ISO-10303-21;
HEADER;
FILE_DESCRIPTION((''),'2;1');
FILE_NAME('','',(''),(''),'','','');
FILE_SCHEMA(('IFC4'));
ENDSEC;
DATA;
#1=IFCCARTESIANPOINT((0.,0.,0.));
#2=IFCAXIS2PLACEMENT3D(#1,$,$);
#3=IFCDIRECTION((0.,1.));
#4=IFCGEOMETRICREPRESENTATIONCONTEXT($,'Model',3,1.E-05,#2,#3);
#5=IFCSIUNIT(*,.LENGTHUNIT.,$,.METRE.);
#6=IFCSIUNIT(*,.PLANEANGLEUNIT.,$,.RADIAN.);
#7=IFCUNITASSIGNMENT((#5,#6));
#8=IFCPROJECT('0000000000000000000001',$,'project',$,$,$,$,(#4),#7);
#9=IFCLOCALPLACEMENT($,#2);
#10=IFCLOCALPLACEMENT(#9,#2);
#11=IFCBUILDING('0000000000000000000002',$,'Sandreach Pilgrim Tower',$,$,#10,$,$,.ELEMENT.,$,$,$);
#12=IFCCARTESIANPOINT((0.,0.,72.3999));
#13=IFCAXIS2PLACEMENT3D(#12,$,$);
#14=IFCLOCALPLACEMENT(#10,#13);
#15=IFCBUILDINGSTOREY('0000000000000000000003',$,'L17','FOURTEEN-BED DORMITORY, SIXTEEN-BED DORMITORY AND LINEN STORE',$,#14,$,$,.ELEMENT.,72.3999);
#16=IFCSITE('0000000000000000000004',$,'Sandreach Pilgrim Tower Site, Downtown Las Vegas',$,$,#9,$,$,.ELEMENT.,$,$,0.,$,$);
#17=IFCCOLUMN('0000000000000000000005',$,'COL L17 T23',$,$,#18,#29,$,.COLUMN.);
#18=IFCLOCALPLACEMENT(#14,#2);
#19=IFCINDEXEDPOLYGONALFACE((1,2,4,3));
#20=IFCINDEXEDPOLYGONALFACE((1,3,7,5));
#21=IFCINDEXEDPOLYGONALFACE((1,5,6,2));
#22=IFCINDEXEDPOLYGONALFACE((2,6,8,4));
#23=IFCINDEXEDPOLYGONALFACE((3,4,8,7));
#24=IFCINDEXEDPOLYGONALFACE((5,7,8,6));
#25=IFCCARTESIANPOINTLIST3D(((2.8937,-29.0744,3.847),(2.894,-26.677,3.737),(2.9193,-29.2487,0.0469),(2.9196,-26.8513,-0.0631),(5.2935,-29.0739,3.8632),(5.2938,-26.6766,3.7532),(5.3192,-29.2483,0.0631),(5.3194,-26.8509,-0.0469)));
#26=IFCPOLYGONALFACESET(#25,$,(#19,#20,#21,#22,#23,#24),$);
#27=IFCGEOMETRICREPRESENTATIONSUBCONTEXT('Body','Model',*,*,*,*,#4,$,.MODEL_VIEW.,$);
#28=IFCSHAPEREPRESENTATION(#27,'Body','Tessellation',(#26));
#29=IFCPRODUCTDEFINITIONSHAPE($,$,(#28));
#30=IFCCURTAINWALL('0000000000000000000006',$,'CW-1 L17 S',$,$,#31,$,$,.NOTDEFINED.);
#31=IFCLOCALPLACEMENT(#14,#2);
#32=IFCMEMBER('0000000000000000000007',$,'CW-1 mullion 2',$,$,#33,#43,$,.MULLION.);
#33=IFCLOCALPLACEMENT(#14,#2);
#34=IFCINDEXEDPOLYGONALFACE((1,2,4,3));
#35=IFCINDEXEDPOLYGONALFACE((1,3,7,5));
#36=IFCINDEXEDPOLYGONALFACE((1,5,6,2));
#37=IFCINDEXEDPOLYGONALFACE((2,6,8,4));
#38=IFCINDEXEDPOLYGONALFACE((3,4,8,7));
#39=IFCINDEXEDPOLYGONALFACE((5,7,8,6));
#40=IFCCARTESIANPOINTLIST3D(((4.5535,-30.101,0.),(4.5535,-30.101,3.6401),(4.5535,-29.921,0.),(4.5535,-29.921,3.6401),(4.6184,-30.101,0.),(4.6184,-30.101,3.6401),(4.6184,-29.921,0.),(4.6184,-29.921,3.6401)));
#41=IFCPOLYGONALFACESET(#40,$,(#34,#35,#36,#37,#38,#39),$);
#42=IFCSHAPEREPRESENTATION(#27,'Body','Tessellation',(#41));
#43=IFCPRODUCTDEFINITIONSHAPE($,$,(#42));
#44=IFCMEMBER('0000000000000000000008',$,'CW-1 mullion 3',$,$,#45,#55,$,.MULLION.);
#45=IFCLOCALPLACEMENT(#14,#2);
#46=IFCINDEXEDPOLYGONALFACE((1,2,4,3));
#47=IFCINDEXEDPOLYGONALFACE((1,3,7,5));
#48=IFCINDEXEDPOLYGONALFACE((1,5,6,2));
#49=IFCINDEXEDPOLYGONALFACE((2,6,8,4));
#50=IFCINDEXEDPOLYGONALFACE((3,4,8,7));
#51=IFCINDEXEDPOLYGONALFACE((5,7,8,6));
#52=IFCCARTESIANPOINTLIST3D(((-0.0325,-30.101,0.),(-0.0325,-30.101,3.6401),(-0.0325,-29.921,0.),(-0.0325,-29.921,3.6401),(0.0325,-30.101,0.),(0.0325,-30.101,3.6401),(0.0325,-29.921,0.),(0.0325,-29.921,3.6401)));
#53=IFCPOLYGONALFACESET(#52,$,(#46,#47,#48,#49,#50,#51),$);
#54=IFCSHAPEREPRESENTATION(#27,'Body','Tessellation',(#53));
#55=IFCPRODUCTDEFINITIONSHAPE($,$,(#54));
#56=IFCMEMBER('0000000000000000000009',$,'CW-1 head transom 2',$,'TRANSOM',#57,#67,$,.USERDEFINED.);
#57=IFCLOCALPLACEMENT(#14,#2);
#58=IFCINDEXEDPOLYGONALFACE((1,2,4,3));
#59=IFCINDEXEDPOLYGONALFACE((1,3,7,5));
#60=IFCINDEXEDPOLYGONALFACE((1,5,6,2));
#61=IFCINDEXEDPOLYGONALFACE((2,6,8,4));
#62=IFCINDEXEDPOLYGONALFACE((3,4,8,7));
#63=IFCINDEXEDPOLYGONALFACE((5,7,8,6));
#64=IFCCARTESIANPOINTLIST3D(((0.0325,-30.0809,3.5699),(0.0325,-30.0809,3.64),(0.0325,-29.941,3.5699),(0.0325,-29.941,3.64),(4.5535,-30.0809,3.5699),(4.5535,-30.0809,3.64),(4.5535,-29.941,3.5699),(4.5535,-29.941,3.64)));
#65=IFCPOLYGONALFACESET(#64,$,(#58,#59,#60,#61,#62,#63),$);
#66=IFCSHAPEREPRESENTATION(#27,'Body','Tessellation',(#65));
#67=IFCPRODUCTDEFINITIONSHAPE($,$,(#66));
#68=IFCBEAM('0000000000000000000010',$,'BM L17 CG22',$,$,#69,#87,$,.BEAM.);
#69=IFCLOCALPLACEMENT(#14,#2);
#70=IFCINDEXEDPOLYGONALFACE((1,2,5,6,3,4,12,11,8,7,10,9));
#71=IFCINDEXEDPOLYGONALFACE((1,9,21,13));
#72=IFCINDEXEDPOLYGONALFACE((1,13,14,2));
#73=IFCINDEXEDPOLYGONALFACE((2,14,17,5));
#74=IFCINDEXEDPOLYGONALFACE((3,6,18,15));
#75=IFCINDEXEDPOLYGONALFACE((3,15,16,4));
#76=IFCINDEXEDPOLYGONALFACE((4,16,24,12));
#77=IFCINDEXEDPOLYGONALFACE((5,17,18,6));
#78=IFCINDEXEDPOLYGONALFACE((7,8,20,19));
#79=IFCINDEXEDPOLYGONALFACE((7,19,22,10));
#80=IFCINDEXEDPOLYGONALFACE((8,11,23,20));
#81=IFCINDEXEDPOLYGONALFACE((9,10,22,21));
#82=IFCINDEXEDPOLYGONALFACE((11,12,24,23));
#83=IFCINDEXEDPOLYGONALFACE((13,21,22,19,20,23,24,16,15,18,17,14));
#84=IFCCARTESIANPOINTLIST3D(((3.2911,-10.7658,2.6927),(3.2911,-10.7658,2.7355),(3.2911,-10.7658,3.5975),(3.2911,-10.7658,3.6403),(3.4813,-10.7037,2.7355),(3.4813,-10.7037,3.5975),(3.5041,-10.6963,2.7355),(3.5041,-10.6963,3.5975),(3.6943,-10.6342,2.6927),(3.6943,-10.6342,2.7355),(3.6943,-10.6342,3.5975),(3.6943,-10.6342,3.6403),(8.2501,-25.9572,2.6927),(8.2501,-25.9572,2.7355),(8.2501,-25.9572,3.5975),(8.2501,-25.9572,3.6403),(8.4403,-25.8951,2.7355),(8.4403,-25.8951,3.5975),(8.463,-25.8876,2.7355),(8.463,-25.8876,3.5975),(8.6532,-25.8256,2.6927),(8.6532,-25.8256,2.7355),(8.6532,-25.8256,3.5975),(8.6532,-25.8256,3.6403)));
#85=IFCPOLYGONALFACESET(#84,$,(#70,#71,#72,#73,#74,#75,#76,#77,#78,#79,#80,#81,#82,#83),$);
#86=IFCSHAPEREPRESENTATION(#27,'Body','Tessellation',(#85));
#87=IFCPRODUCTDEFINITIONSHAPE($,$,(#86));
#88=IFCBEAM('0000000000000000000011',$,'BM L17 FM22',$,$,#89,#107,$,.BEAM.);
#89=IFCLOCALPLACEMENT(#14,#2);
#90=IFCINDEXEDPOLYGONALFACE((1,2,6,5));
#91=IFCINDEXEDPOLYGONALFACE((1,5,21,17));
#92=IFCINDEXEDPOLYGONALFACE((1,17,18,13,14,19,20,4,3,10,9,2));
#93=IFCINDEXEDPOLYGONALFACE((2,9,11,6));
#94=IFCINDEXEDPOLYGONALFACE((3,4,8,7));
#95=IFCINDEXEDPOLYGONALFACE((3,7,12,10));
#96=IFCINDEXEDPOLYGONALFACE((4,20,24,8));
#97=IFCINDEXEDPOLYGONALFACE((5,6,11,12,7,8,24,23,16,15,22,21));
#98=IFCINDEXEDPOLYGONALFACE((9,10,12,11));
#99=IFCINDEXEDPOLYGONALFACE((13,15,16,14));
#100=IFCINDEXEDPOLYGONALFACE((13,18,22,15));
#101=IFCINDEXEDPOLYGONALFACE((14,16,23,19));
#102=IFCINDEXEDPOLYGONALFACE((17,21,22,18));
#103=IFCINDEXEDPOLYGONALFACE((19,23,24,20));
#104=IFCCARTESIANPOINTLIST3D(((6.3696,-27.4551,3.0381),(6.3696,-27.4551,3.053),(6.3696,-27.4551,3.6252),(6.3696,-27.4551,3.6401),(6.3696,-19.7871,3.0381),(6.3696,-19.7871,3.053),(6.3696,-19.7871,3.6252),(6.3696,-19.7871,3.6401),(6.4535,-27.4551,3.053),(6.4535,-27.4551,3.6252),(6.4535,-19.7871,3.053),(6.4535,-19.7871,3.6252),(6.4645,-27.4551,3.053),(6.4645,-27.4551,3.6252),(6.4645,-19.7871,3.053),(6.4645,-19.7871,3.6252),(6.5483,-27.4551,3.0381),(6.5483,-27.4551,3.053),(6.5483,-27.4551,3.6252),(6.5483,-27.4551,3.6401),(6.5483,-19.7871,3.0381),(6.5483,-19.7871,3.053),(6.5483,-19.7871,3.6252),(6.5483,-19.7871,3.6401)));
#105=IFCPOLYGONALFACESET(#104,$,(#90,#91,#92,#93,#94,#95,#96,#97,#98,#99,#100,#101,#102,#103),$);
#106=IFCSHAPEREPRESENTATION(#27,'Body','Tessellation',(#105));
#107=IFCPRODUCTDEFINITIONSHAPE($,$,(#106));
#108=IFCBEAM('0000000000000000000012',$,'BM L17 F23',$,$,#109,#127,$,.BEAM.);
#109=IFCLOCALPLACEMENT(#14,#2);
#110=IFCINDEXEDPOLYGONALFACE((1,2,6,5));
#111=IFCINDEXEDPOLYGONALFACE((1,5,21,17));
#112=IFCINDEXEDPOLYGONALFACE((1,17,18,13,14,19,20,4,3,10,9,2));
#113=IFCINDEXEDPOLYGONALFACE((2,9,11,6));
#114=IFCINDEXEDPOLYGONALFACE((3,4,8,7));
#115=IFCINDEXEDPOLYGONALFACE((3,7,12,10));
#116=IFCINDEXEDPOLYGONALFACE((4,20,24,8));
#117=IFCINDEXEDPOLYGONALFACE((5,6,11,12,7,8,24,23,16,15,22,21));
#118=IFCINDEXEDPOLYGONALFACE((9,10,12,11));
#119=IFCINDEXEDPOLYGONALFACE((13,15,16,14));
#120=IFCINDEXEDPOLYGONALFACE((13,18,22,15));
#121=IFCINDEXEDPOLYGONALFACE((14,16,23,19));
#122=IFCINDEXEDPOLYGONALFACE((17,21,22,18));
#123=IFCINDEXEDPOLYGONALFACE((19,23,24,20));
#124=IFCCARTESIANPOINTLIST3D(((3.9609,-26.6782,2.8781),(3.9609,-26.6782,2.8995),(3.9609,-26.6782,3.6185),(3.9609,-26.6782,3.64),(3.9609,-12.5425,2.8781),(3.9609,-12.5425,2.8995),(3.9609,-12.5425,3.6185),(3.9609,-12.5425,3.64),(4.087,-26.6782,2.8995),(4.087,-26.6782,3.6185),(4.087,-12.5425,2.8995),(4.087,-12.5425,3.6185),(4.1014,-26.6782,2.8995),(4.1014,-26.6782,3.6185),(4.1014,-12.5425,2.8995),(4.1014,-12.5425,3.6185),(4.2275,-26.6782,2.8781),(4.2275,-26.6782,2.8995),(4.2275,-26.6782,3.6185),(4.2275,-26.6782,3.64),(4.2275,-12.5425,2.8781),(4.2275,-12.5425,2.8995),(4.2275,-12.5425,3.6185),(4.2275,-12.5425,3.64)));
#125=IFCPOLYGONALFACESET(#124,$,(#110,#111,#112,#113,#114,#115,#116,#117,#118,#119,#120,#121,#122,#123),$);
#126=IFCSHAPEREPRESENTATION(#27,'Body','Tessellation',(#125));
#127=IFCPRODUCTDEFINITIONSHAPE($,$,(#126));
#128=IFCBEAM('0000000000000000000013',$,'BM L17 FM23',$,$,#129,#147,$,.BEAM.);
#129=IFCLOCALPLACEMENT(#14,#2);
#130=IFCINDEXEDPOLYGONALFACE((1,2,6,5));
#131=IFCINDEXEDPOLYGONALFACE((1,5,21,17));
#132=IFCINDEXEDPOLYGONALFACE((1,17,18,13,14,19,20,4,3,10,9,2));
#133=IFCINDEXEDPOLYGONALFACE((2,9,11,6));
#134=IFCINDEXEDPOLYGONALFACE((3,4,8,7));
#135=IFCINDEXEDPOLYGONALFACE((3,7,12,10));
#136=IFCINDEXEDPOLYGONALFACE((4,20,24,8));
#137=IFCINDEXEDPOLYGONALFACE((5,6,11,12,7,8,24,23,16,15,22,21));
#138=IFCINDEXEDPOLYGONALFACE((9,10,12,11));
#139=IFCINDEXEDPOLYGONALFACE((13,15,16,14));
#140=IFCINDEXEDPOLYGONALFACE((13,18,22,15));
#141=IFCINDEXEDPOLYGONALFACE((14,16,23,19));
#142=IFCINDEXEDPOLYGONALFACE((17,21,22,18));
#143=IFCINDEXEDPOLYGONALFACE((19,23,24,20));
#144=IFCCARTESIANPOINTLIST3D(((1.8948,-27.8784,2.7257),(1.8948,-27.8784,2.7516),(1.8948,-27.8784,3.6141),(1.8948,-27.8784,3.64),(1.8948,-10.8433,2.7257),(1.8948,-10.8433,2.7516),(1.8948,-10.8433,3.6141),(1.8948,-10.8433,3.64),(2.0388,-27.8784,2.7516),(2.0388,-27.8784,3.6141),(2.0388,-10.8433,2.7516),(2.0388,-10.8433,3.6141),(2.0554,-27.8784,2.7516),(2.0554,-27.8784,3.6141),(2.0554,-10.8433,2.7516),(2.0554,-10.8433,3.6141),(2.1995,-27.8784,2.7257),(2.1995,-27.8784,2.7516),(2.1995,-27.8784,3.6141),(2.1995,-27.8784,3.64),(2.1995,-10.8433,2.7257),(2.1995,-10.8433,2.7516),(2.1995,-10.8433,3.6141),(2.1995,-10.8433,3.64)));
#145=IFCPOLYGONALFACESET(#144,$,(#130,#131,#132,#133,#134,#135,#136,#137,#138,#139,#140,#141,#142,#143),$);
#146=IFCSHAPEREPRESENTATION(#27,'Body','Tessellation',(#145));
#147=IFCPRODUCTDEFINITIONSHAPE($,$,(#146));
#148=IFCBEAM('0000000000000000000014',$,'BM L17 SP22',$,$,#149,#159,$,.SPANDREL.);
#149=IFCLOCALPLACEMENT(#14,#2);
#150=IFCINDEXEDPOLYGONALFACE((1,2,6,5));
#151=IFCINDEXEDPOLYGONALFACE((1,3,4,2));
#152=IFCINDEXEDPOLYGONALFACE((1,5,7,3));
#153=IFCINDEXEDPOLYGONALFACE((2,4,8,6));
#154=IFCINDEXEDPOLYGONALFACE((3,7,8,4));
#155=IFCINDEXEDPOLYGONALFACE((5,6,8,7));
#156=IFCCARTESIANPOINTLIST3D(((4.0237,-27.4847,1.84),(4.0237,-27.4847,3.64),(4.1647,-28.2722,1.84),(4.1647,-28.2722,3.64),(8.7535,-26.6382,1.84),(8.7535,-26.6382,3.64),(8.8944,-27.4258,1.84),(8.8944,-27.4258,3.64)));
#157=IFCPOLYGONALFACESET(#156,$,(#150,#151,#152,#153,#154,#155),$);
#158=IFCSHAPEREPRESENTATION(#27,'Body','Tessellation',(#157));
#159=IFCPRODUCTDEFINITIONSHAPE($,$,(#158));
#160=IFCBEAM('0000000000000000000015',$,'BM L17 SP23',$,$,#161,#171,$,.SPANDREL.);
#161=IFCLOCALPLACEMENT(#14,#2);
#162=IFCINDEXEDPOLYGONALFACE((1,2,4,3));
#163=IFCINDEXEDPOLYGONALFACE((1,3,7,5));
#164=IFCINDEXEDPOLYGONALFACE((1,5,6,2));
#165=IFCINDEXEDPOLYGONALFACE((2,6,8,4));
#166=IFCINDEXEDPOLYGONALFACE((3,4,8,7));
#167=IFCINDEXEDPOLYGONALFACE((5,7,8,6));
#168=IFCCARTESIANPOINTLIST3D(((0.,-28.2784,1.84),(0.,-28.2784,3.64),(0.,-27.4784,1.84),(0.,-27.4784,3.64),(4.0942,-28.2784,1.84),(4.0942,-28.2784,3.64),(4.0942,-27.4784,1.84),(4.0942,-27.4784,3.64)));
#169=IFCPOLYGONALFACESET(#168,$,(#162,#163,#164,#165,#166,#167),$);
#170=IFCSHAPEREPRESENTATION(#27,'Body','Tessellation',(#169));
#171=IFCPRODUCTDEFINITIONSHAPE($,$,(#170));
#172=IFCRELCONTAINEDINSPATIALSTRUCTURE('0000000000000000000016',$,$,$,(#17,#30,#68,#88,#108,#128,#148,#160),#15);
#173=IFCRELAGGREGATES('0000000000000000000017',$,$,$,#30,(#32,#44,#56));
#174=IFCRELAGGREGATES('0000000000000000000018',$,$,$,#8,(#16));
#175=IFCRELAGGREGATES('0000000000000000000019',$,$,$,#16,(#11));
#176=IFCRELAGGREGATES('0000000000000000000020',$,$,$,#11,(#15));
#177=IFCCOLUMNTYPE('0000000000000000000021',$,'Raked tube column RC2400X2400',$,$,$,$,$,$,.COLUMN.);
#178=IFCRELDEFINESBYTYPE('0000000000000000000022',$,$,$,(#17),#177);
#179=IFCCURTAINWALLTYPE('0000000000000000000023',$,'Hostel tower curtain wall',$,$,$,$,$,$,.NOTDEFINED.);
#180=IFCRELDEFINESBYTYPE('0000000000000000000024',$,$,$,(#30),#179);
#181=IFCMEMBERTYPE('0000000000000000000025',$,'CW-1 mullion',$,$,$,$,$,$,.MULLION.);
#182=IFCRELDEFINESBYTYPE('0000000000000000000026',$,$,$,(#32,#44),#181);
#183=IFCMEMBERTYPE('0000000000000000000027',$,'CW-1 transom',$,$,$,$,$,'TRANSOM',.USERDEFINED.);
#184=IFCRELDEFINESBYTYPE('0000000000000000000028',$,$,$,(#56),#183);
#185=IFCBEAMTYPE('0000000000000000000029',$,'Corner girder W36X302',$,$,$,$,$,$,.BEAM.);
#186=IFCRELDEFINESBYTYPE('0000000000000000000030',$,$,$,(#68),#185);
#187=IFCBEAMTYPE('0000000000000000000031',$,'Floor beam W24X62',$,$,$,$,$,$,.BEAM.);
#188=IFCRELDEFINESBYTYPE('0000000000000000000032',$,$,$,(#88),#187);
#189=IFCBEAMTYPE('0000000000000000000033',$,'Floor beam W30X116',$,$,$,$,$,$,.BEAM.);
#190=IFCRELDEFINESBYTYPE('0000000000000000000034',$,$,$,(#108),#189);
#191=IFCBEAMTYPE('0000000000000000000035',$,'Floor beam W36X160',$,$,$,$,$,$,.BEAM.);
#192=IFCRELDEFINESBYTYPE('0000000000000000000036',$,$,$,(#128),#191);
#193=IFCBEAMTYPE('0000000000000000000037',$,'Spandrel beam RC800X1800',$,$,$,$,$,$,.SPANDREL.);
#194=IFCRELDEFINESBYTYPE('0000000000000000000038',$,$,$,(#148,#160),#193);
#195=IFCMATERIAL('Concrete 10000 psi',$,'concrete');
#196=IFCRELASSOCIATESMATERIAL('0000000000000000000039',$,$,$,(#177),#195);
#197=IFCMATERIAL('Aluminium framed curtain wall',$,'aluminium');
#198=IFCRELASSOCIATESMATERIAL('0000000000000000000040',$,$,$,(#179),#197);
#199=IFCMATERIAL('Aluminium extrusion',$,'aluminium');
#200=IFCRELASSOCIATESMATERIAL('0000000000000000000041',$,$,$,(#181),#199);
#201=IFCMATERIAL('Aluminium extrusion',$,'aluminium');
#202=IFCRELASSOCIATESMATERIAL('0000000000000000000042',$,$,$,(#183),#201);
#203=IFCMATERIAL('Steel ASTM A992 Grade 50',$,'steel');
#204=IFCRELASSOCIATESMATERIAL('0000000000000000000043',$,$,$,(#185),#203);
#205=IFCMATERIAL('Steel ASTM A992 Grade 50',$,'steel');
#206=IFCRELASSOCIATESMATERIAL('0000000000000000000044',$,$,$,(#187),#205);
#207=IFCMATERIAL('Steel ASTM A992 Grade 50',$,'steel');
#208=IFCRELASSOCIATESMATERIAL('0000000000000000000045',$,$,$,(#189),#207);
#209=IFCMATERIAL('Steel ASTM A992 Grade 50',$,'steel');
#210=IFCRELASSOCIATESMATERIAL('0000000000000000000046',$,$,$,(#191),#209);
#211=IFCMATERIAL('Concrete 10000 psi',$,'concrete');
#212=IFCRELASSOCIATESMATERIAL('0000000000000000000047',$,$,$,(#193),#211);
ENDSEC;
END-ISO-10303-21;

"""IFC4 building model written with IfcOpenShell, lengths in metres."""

from ifc_helpers import new_model, si_unit, direction, frame, origin, origin_2d, place, context, subcontext, project, spatial, rectangle, i_section, extrude, material, material_profile, profile_set, type_object, element, aggregate, save


model = new_model("IFC4")

# Units and contexts
model_context = context("Model", 3, precision=1e-05, world=origin(), true_north=direction((0.0, 1.0)))
body_context = subcontext(model_context, "Body", "Model", "MODEL_VIEW")
ifc_project = project(units=[si_unit("LENGTHUNIT", "METRE"), si_unit("PLANEANGLEUNIT", "RADIAN")], contexts=[model_context])

# Site, building, storey
site_placement = place(None, origin())
site = spatial("IfcSite", under=ifc_project, at=site_placement, Name="Sandreach Pilgrim Tower Site, Downtown Las Vegas", CompositionType="ELEMENT", RefElevation=0.0)
building_placement = place(site_placement, origin())
building = spatial("IfcBuilding", under=site, at=building_placement, Name="Sandreach Pilgrim Tower", CompositionType="ELEMENT")
storey_placement = place(building_placement, frame((0.0, 0.0, 72.3999)))
storey = spatial("IfcBuildingStorey", under=building, at=storey_placement, Name="L17", Description="FOURTEEN-BED DORMITORY, SIXTEEN-BED DORMITORY AND LINEN STORE", CompositionType="ELEMENT", Elevation=72.3999)

# Column
ifc_material_1 = material(Name="Concrete 10000 psi", Category="concrete")
ifc_material_profile_1 = material_profile(ifc_material_1, rectangle(XDim=2.3999, YDim=2.3999, at=origin_2d()), Name="RC2400X2400")
ifc_profile_set_1 = profile_set([ifc_material_profile_1], Name="Concrete 10000 psi")
column_type = type_object("IfcColumnType", Name="Raked tube column RC2400X2400", PredefinedType="COLUMN", material=ifc_profile_set_1)
column_placement = place(storey_placement, frame((4.1194, -28.0498, 0.0), z_axis=(-0.006739, 0.045823, 0.998927), x_axis=(-0.000113, -0.99895, 0.045823)))
element("IfcColumn", 1, at=column_placement, inside=storey, type_object=column_type, Name="COL L17 T23", PredefinedType="COLUMN", context=body_context, shape_type="SweptSolid", body=[
    extrude(rectangle(XDim=2.3999, YDim=2.3999, at=origin_2d()), origin(), (0.0, 0.0, 1.0), 3.8042),
])

# Curtain wall, members
ifc_material_2 = material(Name="Aluminium framed curtain wall", Category="aluminium")
curtain_wall_type = type_object("IfcCurtainWallType", Name="Hostel tower curtain wall", PredefinedType="NOTDEFINED", material=ifc_material_2)
curtain_wall_placement = place(storey_placement, origin())
curtain_wall = element("IfcCurtainWall", 2, at=curtain_wall_placement, inside=storey, type_object=curtain_wall_type, Name="CW-1 L17 S", PredefinedType="NOTDEFINED")
ifc_material_3 = material(Name="Aluminium extrusion", Category="aluminium")
ifc_material_profile_2 = material_profile(ifc_material_3, rectangle(XDim=0.0649, YDim=0.1799, at=origin_2d()), Name="CW-1M 65X180")
ifc_profile_set_2 = profile_set([ifc_material_profile_2], Name="Aluminium extrusion")
member_type_1 = type_object("IfcMemberType", Name="CW-1 mullion", PredefinedType="MULLION", material=ifc_profile_set_2)
member_1_placement = place(storey_placement, frame((4.5859, -30.011, 0.0), z_axis=(0.0, 0.0, 1.0), x_axis=(-1.0, 0.0, 0.0)))
member_1 = element("IfcMember", 3, at=member_1_placement, type_object=member_type_1, Name="CW-1 mullion 2", PredefinedType="MULLION", context=body_context, shape_type="SweptSolid", body=[
    extrude(rectangle(XDim=0.0649, YDim=0.1799, at=origin_2d()), origin(), (0.0, 0.0, 1.0), 3.6401),
])
member_2_placement = place(storey_placement, frame((0.0, -30.011, 0.0), z_axis=(0.0, 0.0, 1.0), x_axis=(-1.0, 0.0, 0.0)))
member_2 = element("IfcMember", 4, at=member_2_placement, type_object=member_type_1, Name="CW-1 mullion 3", PredefinedType="MULLION", context=body_context, shape_type="SweptSolid", body=[
    extrude(rectangle(XDim=0.0649, YDim=0.1799, at=origin_2d()), origin(), (0.0, 0.0, 1.0), 3.6401),
])
ifc_material_4 = material(Name="Aluminium extrusion", Category="aluminium")
ifc_material_profile_3 = material_profile(ifc_material_4, rectangle(XDim=0.1399, YDim=0.0701, at=origin_2d()), Name="CW-1T 140X70")
ifc_profile_set_3 = profile_set([ifc_material_profile_3], Name="Aluminium extrusion")
member_type_2 = type_object("IfcMemberType", Name="CW-1 transom", ElementType="TRANSOM", PredefinedType="USERDEFINED", material=ifc_profile_set_3)
member_3_placement = place(storey_placement, frame((4.5535, -30.011, 3.605), z_axis=(-1.0, 0.0, 0.0), x_axis=(0.0, -1.0, 0.0)))
member_3 = element("IfcMember", 5, at=member_3_placement, type_object=member_type_2, Name="CW-1 head transom 2", ObjectType="TRANSOM", PredefinedType="USERDEFINED", context=body_context, shape_type="SweptSolid", body=[
    extrude(rectangle(XDim=0.1399, YDim=0.0701, at=origin_2d()), origin(), (0.0, 0.0, 1.0), 4.521),
])

# Beams
ifc_material_5 = material(Name="Steel ASTM A992 Grade 50", Category="steel")
ifc_material_profile_4 = material_profile(ifc_material_5, i_section(OverallWidth=0.4241, OverallDepth=0.9475, WebThickness=0.0239, FlangeThickness=0.0427, at=origin_2d()), Name="W36X302")
ifc_profile_set_4 = profile_set([ifc_material_profile_4], Name="Steel ASTM A992 Grade 50")
beam_type_1 = type_object("IfcBeamType", Name="Corner girder W36X302", PredefinedType="BEAM", material=ifc_profile_set_4)
beam_1_placement = place(storey_placement, frame((8.4517, -25.8914, 3.1665), z_axis=(-0.310318, 0.950633, 0.0), x_axis=(-0.950633, -0.310318, 0.0)))
element("IfcBeam", 6, at=beam_1_placement, inside=storey, type_object=beam_type_1, Name="BM L17 CG22", PredefinedType="BEAM", context=body_context, shape_type="SweptSolid", body=[
    extrude(i_section(OverallWidth=0.4241, OverallDepth=0.9475, WebThickness=0.0239, FlangeThickness=0.0427, at=origin_2d()), origin(), (0.0, 0.0, 1.0), 15.9802),
])
ifc_material_6 = material(Name="Steel ASTM A992 Grade 50", Category="steel")
ifc_material_profile_5 = material_profile(ifc_material_6, i_section(OverallWidth=0.1787, OverallDepth=0.6021, WebThickness=0.011, FlangeThickness=0.0149, at=origin_2d()), Name="W24X62")
ifc_profile_set_5 = profile_set([ifc_material_profile_5], Name="Steel ASTM A992 Grade 50")
beam_type_2 = type_object("IfcBeamType", Name="Floor beam W24X62", PredefinedType="BEAM", material=ifc_profile_set_5)
beam_2_placement = place(storey_placement, frame((6.459, -27.4551, 3.3391), z_axis=(0.0, 1.0, 0.0), x_axis=(-1.0, 0.0, 0.0)))
element("IfcBeam", 7, at=beam_2_placement, inside=storey, type_object=beam_type_2, Name="BM L17 FM22", PredefinedType="BEAM", context=body_context, shape_type="SweptSolid", body=[
    extrude(i_section(OverallWidth=0.1787, OverallDepth=0.6021, WebThickness=0.011, FlangeThickness=0.0149, at=origin_2d()), origin(), (0.0, 0.0, 1.0), 7.668),
])
ifc_material_7 = material(Name="Steel ASTM A992 Grade 50", Category="steel")
ifc_material_profile_6 = material_profile(ifc_material_7, i_section(OverallWidth=0.2666, OverallDepth=0.762, WebThickness=0.0144, FlangeThickness=0.0215, at=origin_2d()), Name="W30X116")
ifc_profile_set_6 = profile_set([ifc_material_profile_6], Name="Steel ASTM A992 Grade 50")
beam_type_3 = type_object("IfcBeamType", Name="Floor beam W30X116", PredefinedType="BEAM", material=ifc_profile_set_6)
beam_3_placement = place(storey_placement, frame((4.0942, -26.6782, 3.259), z_axis=(0.0, 1.0, 0.0), x_axis=(-1.0, 0.0, 0.0)))
element("IfcBeam", 8, at=beam_3_placement, inside=storey, type_object=beam_type_3, Name="BM L17 F23", PredefinedType="BEAM", context=body_context, shape_type="SweptSolid", body=[
    extrude(i_section(OverallWidth=0.2666, OverallDepth=0.762, WebThickness=0.0144, FlangeThickness=0.0215, at=origin_2d()), origin(), (0.0, 0.0, 1.0), 14.1357),
])
ifc_material_8 = material(Name="Steel ASTM A992 Grade 50", Category="steel")
ifc_material_profile_7 = material_profile(ifc_material_8, i_section(OverallWidth=0.3047, OverallDepth=0.9143, WebThickness=0.0166, FlangeThickness=0.0259, at=origin_2d()), Name="W36X160")
ifc_profile_set_7 = profile_set([ifc_material_profile_7], Name="Steel ASTM A992 Grade 50")
beam_type_4 = type_object("IfcBeamType", Name="Floor beam W36X160", PredefinedType="BEAM", material=ifc_profile_set_7)
beam_4_placement = place(storey_placement, frame((2.0471, -27.8784, 3.1829), z_axis=(0.0, 1.0, 0.0), x_axis=(-1.0, 0.0, 0.0)))
element("IfcBeam", 9, at=beam_4_placement, inside=storey, type_object=beam_type_4, Name="BM L17 FM23", PredefinedType="BEAM", context=body_context, shape_type="SweptSolid", body=[
    extrude(i_section(OverallWidth=0.3047, OverallDepth=0.9143, WebThickness=0.0166, FlangeThickness=0.0259, at=origin_2d()), origin(), (0.0, 0.0, 1.0), 17.0352),
])
ifc_material_9 = material(Name="Concrete 10000 psi", Category="concrete")
ifc_material_profile_8 = material_profile(ifc_material_9, rectangle(XDim=0.8, YDim=1.8, at=origin_2d()), Name="RC800X1800")
ifc_profile_set_8 = profile_set([ifc_material_profile_8], Name="Concrete 10000 psi")
beam_type_5 = type_object("IfcBeamType", Name="Spandrel beam RC800X1800", PredefinedType="SPANDREL", material=ifc_profile_set_8)
beam_5_placement = place(storey_placement, frame((8.824, -27.032, 2.74), z_axis=(-0.984361, -0.176162, 0.0), x_axis=(0.176162, -0.984361, 0.0)))
element("IfcBeam", 10, at=beam_5_placement, inside=storey, type_object=beam_type_5, Name="BM L17 SP22", PredefinedType="SPANDREL", context=body_context, shape_type="SweptSolid", body=[
    extrude(rectangle(XDim=0.8, YDim=1.8, at=origin_2d()), origin(), (0.0, 0.0, 1.0), 4.8049),
])
beam_6_placement = place(storey_placement, frame((4.0942, -27.8784, 2.74), z_axis=(-1.0, 0.0, 0.0), x_axis=(0.0, -1.0, 0.0)))
element("IfcBeam", 11, at=beam_6_placement, inside=storey, type_object=beam_type_5, Name="BM L17 SP23", PredefinedType="SPANDREL", context=body_context, shape_type="SweptSolid", body=[
    extrude(rectangle(XDim=0.8, YDim=1.8, at=origin_2d()), origin(), (0.0, 0.0, 1.0), 4.0942),
])

aggregate(curtain_wall, [member_1, member_2, member_3])

save(model, "model.ifc")
